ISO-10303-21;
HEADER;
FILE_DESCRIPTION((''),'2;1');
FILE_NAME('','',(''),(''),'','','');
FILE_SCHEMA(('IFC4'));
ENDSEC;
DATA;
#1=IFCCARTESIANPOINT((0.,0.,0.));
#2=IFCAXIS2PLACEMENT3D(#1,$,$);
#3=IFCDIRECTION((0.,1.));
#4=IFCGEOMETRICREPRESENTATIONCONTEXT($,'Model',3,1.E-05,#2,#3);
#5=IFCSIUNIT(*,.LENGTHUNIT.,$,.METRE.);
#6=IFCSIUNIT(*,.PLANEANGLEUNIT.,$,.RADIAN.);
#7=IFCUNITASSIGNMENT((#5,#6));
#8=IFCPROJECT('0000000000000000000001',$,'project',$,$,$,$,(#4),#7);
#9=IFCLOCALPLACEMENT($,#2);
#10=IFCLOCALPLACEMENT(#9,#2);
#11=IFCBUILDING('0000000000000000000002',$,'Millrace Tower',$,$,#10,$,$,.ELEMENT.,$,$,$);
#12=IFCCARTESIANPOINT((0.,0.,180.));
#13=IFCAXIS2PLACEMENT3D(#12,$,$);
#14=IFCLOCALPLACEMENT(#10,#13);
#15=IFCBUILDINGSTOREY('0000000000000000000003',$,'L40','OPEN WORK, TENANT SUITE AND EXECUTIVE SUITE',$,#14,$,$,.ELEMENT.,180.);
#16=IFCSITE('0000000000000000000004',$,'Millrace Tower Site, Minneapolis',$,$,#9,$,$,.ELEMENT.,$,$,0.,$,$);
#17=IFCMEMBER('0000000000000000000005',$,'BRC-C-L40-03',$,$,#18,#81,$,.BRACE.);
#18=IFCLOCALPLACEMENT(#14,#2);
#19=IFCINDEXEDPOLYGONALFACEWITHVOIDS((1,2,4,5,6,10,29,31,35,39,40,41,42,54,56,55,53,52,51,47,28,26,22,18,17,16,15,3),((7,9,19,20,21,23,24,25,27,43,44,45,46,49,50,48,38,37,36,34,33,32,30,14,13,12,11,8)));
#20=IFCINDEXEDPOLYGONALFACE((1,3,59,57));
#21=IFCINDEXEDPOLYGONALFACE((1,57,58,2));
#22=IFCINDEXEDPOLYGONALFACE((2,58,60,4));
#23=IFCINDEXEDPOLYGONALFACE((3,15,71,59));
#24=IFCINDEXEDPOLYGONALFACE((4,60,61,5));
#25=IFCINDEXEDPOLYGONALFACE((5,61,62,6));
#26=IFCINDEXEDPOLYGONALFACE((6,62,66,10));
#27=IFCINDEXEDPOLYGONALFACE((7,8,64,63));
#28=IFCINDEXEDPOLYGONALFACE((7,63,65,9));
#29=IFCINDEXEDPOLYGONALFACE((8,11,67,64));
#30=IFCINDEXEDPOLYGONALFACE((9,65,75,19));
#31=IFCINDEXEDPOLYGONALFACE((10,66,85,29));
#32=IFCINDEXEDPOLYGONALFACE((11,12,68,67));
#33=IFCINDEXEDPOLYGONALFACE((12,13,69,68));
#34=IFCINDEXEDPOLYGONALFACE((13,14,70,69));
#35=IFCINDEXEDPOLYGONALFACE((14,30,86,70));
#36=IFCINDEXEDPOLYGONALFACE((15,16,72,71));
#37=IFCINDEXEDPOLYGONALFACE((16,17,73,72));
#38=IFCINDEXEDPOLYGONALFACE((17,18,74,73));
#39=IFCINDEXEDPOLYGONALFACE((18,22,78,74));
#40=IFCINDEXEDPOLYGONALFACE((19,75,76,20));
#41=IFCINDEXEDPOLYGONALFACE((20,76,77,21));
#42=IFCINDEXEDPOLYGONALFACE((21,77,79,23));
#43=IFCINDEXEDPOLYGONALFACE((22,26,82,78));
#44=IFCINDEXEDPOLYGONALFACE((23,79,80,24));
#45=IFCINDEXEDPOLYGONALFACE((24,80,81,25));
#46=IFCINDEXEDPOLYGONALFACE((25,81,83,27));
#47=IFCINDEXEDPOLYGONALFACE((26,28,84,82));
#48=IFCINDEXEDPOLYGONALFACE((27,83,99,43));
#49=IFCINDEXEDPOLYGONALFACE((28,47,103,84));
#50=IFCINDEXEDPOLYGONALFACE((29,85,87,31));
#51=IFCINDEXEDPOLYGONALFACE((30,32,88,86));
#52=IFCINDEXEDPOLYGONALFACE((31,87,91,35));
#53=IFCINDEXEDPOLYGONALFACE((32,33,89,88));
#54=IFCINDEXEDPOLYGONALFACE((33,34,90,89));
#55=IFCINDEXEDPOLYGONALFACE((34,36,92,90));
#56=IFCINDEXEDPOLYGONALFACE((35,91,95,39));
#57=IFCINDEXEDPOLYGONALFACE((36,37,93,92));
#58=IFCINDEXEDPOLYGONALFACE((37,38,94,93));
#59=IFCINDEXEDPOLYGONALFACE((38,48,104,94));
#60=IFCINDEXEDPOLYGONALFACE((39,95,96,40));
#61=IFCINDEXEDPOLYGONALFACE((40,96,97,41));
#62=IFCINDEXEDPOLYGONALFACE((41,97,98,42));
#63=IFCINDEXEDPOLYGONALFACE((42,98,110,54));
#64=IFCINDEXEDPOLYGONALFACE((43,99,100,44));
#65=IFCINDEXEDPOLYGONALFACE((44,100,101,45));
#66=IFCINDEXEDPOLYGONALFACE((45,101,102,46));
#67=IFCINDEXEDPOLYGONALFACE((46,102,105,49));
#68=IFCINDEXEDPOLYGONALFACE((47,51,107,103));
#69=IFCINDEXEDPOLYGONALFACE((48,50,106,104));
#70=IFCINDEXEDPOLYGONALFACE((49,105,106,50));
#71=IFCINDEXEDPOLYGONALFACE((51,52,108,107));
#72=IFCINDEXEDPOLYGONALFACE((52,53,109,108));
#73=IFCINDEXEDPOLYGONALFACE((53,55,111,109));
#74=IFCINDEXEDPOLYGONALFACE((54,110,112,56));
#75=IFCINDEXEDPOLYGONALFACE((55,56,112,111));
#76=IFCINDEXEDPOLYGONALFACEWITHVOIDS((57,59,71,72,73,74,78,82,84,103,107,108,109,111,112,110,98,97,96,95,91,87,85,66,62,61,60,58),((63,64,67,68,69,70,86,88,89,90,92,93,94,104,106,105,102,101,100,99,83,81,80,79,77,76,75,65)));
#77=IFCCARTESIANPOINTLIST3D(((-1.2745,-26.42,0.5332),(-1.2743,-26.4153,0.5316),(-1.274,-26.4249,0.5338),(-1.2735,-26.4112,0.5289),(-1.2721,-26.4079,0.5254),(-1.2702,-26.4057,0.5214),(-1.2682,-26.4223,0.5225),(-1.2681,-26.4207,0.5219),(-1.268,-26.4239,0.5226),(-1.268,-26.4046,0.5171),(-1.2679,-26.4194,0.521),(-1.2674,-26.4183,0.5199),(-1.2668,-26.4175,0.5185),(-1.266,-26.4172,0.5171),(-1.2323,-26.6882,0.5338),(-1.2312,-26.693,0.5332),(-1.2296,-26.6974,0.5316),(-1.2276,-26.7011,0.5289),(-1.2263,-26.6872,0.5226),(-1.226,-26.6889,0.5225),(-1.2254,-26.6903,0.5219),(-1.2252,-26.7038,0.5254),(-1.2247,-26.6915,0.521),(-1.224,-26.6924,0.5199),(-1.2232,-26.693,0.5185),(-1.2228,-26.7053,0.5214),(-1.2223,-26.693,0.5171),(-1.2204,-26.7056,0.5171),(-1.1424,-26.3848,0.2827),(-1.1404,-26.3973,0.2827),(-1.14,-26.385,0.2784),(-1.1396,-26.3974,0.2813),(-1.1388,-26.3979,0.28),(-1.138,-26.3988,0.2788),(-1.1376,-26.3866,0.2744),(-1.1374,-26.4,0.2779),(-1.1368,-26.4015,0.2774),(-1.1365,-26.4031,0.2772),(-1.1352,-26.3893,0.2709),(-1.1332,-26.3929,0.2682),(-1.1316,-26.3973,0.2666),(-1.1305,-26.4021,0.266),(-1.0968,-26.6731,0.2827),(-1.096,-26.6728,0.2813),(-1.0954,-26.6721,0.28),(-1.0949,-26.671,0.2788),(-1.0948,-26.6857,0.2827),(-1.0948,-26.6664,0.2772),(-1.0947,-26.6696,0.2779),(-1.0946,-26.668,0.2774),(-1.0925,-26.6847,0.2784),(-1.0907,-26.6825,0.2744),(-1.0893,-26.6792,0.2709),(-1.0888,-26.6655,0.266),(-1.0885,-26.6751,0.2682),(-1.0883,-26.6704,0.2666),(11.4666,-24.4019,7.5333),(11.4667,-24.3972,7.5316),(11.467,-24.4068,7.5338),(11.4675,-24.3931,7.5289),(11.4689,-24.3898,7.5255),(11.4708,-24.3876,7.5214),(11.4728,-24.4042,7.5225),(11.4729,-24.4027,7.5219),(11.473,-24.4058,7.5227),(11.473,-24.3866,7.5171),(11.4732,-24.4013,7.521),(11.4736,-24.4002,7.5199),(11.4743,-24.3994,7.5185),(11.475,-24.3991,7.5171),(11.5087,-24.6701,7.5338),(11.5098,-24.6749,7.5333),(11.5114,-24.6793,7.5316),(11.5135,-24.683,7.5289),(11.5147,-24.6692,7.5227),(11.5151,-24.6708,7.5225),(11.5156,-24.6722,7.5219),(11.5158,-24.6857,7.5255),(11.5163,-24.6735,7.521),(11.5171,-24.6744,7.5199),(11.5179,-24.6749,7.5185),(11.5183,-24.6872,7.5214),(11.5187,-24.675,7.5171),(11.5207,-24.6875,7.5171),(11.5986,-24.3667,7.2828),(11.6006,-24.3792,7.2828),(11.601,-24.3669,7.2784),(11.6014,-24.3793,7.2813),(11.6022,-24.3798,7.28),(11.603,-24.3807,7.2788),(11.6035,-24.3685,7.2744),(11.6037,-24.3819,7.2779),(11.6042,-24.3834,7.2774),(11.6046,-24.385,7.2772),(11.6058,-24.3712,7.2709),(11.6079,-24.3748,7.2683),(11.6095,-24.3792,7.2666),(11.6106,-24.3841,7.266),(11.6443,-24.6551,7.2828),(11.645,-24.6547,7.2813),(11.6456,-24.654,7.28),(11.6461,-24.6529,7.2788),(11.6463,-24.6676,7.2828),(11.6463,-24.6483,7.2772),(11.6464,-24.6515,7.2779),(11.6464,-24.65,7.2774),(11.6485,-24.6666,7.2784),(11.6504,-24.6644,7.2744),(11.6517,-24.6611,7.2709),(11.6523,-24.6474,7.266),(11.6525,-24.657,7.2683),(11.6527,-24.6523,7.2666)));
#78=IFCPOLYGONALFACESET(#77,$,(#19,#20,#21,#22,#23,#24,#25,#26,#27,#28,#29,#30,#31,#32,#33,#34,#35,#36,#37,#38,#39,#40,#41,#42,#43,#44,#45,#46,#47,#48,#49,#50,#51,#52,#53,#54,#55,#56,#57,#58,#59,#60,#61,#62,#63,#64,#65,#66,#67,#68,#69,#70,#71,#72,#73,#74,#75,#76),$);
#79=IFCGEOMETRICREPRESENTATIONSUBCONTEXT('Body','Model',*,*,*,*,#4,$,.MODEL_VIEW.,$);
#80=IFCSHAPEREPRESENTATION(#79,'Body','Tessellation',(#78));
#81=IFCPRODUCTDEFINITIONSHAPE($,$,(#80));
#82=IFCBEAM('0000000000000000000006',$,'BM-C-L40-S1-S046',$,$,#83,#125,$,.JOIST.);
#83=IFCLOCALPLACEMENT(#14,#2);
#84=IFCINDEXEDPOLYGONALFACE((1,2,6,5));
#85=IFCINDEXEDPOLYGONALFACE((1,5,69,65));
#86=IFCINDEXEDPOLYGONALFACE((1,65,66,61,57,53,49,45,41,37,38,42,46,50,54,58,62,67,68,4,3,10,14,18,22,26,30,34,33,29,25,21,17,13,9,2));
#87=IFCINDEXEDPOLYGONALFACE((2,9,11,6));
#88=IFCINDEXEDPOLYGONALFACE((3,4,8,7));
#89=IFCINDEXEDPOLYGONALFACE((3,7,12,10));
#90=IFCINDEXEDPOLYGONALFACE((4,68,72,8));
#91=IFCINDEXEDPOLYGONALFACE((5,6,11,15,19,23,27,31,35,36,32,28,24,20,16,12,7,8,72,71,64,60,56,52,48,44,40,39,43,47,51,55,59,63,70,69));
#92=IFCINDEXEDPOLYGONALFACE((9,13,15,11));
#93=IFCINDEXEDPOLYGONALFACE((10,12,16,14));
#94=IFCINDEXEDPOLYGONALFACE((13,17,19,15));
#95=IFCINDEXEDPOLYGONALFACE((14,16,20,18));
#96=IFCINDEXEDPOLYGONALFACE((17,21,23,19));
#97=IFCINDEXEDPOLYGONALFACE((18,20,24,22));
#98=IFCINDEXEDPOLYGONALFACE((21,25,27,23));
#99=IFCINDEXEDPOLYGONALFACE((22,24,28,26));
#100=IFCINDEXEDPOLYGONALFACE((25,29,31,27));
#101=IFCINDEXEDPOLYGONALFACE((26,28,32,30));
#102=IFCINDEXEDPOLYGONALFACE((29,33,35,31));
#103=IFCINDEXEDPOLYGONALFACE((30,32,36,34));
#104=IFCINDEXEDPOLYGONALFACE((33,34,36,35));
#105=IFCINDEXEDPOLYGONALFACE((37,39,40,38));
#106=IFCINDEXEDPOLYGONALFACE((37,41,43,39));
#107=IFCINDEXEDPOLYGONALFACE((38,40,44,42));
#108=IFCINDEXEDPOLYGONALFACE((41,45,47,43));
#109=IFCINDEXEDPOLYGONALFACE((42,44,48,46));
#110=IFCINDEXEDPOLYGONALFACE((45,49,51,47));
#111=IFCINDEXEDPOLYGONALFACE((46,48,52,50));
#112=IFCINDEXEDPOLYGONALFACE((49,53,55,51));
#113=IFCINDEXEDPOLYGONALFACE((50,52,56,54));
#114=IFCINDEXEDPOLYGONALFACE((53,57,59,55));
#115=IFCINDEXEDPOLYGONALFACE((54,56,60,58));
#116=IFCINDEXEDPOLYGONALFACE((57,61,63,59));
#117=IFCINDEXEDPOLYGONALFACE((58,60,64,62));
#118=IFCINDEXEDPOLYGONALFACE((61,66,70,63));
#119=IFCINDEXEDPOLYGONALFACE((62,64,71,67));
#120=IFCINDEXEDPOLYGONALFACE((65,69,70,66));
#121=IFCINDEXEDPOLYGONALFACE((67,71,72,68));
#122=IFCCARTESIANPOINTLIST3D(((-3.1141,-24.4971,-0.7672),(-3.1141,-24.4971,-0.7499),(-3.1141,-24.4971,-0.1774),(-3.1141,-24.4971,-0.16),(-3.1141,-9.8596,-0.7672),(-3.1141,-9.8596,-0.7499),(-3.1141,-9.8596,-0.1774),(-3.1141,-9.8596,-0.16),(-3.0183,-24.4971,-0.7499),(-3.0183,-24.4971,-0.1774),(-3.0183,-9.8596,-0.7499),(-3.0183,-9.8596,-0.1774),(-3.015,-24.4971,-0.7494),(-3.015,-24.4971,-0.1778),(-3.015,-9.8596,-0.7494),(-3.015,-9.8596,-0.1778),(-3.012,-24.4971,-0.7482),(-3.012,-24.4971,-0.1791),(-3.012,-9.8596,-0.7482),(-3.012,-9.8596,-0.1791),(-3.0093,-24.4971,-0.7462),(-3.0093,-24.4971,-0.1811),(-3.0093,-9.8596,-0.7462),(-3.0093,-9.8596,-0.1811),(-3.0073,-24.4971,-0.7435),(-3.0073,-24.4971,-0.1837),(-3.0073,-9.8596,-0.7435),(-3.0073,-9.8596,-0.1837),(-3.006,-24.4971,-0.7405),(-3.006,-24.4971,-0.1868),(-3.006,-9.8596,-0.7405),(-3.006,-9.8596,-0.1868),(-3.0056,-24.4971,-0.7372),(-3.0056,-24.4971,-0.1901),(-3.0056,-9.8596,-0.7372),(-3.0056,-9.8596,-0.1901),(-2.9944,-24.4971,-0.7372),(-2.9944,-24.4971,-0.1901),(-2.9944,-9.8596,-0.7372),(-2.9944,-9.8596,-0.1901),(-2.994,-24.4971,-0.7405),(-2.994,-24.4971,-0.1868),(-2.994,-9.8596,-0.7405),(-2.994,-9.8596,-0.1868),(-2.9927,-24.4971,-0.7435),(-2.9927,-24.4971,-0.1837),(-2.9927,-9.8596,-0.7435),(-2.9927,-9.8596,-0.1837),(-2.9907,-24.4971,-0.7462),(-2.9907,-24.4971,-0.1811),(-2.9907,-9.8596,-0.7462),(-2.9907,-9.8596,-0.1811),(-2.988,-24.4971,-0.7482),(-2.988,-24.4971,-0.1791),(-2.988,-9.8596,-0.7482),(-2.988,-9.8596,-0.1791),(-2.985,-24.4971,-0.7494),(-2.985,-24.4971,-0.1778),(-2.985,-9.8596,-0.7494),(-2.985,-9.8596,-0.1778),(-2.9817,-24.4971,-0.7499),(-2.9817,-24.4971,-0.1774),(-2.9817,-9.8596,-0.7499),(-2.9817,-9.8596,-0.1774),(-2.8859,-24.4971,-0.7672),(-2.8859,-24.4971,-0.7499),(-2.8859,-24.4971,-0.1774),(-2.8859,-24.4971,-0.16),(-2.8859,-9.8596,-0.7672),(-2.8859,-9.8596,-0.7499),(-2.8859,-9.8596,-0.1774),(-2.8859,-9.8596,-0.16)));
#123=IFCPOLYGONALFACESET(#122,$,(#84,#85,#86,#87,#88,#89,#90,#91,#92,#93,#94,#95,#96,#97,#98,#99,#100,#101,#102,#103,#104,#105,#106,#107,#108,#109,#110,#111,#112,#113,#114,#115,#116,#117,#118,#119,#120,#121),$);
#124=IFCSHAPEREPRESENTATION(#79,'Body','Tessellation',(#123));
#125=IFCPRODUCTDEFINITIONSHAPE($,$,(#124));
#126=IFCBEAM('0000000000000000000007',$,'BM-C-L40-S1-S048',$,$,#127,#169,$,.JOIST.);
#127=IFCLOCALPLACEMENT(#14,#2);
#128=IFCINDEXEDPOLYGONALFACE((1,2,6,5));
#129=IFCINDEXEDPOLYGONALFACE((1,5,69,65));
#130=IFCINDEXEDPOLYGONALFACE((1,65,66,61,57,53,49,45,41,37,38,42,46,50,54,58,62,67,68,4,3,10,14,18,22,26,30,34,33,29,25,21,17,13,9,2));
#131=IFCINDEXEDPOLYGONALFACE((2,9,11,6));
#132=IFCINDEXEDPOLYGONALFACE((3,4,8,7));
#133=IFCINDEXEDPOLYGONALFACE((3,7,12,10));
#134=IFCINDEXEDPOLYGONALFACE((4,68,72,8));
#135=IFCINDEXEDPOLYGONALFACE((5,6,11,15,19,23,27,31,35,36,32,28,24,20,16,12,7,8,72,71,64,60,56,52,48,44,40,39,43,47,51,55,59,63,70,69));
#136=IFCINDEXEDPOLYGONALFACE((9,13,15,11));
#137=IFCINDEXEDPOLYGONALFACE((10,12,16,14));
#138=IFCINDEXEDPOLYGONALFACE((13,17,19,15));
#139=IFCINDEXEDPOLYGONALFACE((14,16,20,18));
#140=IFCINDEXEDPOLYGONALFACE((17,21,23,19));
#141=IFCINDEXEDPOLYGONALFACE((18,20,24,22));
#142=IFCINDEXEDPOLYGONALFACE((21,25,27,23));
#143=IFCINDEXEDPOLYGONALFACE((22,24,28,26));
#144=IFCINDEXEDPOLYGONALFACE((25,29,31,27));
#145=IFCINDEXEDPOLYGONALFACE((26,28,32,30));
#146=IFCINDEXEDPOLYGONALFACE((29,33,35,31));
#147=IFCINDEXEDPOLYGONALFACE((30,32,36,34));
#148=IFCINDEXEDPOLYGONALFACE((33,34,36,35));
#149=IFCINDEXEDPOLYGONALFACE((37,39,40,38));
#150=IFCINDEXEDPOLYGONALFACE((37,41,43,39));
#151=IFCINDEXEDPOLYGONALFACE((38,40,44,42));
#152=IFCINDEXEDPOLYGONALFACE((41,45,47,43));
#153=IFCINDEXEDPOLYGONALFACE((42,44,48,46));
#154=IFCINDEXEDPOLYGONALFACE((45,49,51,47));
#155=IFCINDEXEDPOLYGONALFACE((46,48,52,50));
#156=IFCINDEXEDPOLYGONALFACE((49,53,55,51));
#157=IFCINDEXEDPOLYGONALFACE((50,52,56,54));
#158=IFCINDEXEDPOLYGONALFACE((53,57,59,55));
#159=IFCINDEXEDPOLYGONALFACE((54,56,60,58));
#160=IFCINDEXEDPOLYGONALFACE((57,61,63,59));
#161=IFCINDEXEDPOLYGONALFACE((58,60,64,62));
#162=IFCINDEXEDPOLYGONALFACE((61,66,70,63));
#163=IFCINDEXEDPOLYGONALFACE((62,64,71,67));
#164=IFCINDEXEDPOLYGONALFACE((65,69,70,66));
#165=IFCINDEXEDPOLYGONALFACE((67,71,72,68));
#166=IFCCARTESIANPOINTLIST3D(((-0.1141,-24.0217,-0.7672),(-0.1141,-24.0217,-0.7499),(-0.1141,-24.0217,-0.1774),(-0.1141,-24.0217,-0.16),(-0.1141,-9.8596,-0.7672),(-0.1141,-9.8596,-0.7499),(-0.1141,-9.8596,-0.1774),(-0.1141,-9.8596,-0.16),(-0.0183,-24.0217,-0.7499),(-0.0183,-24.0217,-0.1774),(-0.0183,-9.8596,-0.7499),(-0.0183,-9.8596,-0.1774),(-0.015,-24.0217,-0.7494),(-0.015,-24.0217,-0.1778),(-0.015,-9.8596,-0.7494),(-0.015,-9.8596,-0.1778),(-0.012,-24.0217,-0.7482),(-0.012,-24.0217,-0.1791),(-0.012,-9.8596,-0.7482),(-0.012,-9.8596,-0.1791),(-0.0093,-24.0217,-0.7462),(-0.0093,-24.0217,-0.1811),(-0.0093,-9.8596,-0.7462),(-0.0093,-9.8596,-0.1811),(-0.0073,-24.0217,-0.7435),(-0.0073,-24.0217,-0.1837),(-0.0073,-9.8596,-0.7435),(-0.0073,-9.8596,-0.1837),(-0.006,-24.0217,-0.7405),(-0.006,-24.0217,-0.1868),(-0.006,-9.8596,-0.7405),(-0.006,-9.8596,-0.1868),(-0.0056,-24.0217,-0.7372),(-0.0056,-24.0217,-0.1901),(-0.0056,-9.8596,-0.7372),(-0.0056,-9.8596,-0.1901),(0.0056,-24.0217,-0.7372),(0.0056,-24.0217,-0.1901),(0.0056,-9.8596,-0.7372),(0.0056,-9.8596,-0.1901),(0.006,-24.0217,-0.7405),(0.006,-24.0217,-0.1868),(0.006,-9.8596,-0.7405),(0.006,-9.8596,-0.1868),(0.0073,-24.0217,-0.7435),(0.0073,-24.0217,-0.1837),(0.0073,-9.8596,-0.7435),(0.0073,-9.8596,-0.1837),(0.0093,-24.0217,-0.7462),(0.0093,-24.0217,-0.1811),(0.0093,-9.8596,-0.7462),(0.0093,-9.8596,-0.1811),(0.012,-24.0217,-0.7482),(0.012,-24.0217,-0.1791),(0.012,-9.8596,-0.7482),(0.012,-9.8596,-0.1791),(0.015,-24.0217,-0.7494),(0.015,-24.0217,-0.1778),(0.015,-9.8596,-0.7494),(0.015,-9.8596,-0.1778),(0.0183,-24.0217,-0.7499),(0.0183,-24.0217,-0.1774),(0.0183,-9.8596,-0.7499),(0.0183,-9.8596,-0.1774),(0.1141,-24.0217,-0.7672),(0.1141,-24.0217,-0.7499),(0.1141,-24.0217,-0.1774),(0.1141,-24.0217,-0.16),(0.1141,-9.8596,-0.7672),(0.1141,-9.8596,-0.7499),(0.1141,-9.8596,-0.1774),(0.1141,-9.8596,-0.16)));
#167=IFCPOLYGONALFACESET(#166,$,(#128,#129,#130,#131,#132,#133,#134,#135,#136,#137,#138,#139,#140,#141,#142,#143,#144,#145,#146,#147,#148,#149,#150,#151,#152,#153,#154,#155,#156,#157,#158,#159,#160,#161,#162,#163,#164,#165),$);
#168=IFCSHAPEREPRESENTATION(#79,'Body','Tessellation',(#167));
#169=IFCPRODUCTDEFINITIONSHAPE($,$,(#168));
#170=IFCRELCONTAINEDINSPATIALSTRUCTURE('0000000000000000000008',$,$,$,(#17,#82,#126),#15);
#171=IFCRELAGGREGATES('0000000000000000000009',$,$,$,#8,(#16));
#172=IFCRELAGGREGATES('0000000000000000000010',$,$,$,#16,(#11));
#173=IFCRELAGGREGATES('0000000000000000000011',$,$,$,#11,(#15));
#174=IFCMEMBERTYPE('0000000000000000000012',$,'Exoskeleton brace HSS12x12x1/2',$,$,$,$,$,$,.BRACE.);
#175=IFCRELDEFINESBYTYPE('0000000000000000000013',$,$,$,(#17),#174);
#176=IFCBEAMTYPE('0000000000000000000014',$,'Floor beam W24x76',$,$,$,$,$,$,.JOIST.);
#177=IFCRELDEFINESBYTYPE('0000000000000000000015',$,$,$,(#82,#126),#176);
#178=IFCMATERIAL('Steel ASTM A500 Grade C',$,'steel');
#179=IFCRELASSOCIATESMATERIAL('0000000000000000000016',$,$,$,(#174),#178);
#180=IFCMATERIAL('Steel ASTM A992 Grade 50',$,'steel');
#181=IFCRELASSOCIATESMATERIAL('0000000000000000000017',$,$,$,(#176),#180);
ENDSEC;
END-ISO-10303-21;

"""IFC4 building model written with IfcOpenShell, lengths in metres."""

from ifc_helpers import new_model, si_unit, direction, frame, origin, origin_2d, place, context, subcontext, project, spatial, hollow_rectangle, i_section, extrude, material, material_profile, profile_set, type_object, element, save


model = new_model("IFC4")

# Units and contexts
model_context = context("Model", 3, precision=1e-05, world=origin(), true_north=direction((0.0, 1.0)))
body_context = subcontext(model_context, "Body", "Model", "MODEL_VIEW")
ifc_project = project(units=[si_unit("LENGTHUNIT", "METRE"), si_unit("PLANEANGLEUNIT", "RADIAN")], contexts=[model_context])

# Site, building, storey
site_placement = place(None, origin())
site = spatial("IfcSite", under=ifc_project, at=site_placement, Name="Millrace Tower Site, Minneapolis", CompositionType="ELEMENT", RefElevation=0.0)
building_placement = place(site_placement, origin())
building = spatial("IfcBuilding", under=site, at=building_placement, Name="Millrace Tower", CompositionType="ELEMENT")
storey_placement = place(building_placement, frame((0.0, 0.0, 180.0)))
storey = spatial("IfcBuildingStorey", under=building, at=storey_placement, Name="L40", Description="OPEN WORK, TENANT SUITE AND EXECUTIVE SUITE", CompositionType="ELEMENT", Elevation=180.0)

# Member
ifc_material_1 = material(Name="Steel ASTM A500 Grade C", Category="steel")
ifc_material_profile_1 = material_profile(ifc_material_1, hollow_rectangle(XDim=0.3047, YDim=0.3047, WallThickness=0.0127, InnerFilletRadius=0.0063, OuterFilletRadius=0.019, at=origin_2d()))
ifc_profile_set_1 = profile_set([ifc_material_profile_1], Name="Steel ASTM A500 Grade C")
member_type_1 = type_object("IfcMemberType", Name="Exoskeleton brace HSS12x12x1/2", PredefinedType="BRACE", material=ifc_profile_set_1)
member_1_placement = place(storey_placement, frame((-1.1814, -26.5452, 0.3999), z_axis=(0.86811, 0.137502, 0.476947), x_axis=(-0.156442, 0.987687, 0.0)))
element("IfcMember", 1, at=member_1_placement, inside=storey, type_object=member_type_1, Name="BRC-C-L40-03", PredefinedType="BRACE", context=body_context, shape_type="SweptSolid", body=[
    extrude(hollow_rectangle(XDim=0.3047, YDim=0.3047, WallThickness=0.0127, InnerFilletRadius=0.0063, OuterFilletRadius=0.019, at=origin_2d()), origin(), (0.0, 0.0, 1.0), 14.6768),
])

# Beams
ifc_material_2 = material(Name="Steel ASTM A992 Grade 50", Category="steel")
ifc_material_profile_2 = material_profile(ifc_material_2, i_section(OverallWidth=0.2283, OverallDepth=0.6072, WebThickness=0.0112, FlangeThickness=0.0173, FilletRadius=0.0127, at=origin_2d()))
ifc_profile_set_2 = profile_set([ifc_material_profile_2], Name="Steel ASTM A992 Grade 50")
beam_type_1 = type_object("IfcBeamType", Name="Floor beam W24x76", PredefinedType="JOIST", material=ifc_profile_set_2)
beam_1_placement = place(storey_placement, frame((-3.0, -24.4971, -0.4636), z_axis=(0.0, 1.0, 0.0), x_axis=(-1.0, 0.0, 0.0)))
element("IfcBeam", 2, at=beam_1_placement, inside=storey, type_object=beam_type_1, Name="BM-C-L40-S1-S046", PredefinedType="JOIST", context=body_context, shape_type="SweptSolid", body=[
    extrude(i_section(OverallWidth=0.2283, OverallDepth=0.6072, WebThickness=0.0112, FlangeThickness=0.0173, FilletRadius=0.0127, at=origin_2d()), origin(), (0.0, 0.0, 1.0), 14.6375),
])
beam_2_placement = place(storey_placement, frame((0.0, -24.0217, -0.4636), z_axis=(0.0, 1.0, 0.0), x_axis=(-1.0, 0.0, 0.0)))
element("IfcBeam", 3, at=beam_2_placement, inside=storey, type_object=beam_type_1, Name="BM-C-L40-S1-S048", PredefinedType="JOIST", context=body_context, shape_type="SweptSolid", body=[
    extrude(i_section(OverallWidth=0.2283, OverallDepth=0.6072, WebThickness=0.0112, FlangeThickness=0.0173, FilletRadius=0.0127, at=origin_2d()), origin(), (0.0, 0.0, 1.0), 14.1621),
])

save(model, "model.ifc")
